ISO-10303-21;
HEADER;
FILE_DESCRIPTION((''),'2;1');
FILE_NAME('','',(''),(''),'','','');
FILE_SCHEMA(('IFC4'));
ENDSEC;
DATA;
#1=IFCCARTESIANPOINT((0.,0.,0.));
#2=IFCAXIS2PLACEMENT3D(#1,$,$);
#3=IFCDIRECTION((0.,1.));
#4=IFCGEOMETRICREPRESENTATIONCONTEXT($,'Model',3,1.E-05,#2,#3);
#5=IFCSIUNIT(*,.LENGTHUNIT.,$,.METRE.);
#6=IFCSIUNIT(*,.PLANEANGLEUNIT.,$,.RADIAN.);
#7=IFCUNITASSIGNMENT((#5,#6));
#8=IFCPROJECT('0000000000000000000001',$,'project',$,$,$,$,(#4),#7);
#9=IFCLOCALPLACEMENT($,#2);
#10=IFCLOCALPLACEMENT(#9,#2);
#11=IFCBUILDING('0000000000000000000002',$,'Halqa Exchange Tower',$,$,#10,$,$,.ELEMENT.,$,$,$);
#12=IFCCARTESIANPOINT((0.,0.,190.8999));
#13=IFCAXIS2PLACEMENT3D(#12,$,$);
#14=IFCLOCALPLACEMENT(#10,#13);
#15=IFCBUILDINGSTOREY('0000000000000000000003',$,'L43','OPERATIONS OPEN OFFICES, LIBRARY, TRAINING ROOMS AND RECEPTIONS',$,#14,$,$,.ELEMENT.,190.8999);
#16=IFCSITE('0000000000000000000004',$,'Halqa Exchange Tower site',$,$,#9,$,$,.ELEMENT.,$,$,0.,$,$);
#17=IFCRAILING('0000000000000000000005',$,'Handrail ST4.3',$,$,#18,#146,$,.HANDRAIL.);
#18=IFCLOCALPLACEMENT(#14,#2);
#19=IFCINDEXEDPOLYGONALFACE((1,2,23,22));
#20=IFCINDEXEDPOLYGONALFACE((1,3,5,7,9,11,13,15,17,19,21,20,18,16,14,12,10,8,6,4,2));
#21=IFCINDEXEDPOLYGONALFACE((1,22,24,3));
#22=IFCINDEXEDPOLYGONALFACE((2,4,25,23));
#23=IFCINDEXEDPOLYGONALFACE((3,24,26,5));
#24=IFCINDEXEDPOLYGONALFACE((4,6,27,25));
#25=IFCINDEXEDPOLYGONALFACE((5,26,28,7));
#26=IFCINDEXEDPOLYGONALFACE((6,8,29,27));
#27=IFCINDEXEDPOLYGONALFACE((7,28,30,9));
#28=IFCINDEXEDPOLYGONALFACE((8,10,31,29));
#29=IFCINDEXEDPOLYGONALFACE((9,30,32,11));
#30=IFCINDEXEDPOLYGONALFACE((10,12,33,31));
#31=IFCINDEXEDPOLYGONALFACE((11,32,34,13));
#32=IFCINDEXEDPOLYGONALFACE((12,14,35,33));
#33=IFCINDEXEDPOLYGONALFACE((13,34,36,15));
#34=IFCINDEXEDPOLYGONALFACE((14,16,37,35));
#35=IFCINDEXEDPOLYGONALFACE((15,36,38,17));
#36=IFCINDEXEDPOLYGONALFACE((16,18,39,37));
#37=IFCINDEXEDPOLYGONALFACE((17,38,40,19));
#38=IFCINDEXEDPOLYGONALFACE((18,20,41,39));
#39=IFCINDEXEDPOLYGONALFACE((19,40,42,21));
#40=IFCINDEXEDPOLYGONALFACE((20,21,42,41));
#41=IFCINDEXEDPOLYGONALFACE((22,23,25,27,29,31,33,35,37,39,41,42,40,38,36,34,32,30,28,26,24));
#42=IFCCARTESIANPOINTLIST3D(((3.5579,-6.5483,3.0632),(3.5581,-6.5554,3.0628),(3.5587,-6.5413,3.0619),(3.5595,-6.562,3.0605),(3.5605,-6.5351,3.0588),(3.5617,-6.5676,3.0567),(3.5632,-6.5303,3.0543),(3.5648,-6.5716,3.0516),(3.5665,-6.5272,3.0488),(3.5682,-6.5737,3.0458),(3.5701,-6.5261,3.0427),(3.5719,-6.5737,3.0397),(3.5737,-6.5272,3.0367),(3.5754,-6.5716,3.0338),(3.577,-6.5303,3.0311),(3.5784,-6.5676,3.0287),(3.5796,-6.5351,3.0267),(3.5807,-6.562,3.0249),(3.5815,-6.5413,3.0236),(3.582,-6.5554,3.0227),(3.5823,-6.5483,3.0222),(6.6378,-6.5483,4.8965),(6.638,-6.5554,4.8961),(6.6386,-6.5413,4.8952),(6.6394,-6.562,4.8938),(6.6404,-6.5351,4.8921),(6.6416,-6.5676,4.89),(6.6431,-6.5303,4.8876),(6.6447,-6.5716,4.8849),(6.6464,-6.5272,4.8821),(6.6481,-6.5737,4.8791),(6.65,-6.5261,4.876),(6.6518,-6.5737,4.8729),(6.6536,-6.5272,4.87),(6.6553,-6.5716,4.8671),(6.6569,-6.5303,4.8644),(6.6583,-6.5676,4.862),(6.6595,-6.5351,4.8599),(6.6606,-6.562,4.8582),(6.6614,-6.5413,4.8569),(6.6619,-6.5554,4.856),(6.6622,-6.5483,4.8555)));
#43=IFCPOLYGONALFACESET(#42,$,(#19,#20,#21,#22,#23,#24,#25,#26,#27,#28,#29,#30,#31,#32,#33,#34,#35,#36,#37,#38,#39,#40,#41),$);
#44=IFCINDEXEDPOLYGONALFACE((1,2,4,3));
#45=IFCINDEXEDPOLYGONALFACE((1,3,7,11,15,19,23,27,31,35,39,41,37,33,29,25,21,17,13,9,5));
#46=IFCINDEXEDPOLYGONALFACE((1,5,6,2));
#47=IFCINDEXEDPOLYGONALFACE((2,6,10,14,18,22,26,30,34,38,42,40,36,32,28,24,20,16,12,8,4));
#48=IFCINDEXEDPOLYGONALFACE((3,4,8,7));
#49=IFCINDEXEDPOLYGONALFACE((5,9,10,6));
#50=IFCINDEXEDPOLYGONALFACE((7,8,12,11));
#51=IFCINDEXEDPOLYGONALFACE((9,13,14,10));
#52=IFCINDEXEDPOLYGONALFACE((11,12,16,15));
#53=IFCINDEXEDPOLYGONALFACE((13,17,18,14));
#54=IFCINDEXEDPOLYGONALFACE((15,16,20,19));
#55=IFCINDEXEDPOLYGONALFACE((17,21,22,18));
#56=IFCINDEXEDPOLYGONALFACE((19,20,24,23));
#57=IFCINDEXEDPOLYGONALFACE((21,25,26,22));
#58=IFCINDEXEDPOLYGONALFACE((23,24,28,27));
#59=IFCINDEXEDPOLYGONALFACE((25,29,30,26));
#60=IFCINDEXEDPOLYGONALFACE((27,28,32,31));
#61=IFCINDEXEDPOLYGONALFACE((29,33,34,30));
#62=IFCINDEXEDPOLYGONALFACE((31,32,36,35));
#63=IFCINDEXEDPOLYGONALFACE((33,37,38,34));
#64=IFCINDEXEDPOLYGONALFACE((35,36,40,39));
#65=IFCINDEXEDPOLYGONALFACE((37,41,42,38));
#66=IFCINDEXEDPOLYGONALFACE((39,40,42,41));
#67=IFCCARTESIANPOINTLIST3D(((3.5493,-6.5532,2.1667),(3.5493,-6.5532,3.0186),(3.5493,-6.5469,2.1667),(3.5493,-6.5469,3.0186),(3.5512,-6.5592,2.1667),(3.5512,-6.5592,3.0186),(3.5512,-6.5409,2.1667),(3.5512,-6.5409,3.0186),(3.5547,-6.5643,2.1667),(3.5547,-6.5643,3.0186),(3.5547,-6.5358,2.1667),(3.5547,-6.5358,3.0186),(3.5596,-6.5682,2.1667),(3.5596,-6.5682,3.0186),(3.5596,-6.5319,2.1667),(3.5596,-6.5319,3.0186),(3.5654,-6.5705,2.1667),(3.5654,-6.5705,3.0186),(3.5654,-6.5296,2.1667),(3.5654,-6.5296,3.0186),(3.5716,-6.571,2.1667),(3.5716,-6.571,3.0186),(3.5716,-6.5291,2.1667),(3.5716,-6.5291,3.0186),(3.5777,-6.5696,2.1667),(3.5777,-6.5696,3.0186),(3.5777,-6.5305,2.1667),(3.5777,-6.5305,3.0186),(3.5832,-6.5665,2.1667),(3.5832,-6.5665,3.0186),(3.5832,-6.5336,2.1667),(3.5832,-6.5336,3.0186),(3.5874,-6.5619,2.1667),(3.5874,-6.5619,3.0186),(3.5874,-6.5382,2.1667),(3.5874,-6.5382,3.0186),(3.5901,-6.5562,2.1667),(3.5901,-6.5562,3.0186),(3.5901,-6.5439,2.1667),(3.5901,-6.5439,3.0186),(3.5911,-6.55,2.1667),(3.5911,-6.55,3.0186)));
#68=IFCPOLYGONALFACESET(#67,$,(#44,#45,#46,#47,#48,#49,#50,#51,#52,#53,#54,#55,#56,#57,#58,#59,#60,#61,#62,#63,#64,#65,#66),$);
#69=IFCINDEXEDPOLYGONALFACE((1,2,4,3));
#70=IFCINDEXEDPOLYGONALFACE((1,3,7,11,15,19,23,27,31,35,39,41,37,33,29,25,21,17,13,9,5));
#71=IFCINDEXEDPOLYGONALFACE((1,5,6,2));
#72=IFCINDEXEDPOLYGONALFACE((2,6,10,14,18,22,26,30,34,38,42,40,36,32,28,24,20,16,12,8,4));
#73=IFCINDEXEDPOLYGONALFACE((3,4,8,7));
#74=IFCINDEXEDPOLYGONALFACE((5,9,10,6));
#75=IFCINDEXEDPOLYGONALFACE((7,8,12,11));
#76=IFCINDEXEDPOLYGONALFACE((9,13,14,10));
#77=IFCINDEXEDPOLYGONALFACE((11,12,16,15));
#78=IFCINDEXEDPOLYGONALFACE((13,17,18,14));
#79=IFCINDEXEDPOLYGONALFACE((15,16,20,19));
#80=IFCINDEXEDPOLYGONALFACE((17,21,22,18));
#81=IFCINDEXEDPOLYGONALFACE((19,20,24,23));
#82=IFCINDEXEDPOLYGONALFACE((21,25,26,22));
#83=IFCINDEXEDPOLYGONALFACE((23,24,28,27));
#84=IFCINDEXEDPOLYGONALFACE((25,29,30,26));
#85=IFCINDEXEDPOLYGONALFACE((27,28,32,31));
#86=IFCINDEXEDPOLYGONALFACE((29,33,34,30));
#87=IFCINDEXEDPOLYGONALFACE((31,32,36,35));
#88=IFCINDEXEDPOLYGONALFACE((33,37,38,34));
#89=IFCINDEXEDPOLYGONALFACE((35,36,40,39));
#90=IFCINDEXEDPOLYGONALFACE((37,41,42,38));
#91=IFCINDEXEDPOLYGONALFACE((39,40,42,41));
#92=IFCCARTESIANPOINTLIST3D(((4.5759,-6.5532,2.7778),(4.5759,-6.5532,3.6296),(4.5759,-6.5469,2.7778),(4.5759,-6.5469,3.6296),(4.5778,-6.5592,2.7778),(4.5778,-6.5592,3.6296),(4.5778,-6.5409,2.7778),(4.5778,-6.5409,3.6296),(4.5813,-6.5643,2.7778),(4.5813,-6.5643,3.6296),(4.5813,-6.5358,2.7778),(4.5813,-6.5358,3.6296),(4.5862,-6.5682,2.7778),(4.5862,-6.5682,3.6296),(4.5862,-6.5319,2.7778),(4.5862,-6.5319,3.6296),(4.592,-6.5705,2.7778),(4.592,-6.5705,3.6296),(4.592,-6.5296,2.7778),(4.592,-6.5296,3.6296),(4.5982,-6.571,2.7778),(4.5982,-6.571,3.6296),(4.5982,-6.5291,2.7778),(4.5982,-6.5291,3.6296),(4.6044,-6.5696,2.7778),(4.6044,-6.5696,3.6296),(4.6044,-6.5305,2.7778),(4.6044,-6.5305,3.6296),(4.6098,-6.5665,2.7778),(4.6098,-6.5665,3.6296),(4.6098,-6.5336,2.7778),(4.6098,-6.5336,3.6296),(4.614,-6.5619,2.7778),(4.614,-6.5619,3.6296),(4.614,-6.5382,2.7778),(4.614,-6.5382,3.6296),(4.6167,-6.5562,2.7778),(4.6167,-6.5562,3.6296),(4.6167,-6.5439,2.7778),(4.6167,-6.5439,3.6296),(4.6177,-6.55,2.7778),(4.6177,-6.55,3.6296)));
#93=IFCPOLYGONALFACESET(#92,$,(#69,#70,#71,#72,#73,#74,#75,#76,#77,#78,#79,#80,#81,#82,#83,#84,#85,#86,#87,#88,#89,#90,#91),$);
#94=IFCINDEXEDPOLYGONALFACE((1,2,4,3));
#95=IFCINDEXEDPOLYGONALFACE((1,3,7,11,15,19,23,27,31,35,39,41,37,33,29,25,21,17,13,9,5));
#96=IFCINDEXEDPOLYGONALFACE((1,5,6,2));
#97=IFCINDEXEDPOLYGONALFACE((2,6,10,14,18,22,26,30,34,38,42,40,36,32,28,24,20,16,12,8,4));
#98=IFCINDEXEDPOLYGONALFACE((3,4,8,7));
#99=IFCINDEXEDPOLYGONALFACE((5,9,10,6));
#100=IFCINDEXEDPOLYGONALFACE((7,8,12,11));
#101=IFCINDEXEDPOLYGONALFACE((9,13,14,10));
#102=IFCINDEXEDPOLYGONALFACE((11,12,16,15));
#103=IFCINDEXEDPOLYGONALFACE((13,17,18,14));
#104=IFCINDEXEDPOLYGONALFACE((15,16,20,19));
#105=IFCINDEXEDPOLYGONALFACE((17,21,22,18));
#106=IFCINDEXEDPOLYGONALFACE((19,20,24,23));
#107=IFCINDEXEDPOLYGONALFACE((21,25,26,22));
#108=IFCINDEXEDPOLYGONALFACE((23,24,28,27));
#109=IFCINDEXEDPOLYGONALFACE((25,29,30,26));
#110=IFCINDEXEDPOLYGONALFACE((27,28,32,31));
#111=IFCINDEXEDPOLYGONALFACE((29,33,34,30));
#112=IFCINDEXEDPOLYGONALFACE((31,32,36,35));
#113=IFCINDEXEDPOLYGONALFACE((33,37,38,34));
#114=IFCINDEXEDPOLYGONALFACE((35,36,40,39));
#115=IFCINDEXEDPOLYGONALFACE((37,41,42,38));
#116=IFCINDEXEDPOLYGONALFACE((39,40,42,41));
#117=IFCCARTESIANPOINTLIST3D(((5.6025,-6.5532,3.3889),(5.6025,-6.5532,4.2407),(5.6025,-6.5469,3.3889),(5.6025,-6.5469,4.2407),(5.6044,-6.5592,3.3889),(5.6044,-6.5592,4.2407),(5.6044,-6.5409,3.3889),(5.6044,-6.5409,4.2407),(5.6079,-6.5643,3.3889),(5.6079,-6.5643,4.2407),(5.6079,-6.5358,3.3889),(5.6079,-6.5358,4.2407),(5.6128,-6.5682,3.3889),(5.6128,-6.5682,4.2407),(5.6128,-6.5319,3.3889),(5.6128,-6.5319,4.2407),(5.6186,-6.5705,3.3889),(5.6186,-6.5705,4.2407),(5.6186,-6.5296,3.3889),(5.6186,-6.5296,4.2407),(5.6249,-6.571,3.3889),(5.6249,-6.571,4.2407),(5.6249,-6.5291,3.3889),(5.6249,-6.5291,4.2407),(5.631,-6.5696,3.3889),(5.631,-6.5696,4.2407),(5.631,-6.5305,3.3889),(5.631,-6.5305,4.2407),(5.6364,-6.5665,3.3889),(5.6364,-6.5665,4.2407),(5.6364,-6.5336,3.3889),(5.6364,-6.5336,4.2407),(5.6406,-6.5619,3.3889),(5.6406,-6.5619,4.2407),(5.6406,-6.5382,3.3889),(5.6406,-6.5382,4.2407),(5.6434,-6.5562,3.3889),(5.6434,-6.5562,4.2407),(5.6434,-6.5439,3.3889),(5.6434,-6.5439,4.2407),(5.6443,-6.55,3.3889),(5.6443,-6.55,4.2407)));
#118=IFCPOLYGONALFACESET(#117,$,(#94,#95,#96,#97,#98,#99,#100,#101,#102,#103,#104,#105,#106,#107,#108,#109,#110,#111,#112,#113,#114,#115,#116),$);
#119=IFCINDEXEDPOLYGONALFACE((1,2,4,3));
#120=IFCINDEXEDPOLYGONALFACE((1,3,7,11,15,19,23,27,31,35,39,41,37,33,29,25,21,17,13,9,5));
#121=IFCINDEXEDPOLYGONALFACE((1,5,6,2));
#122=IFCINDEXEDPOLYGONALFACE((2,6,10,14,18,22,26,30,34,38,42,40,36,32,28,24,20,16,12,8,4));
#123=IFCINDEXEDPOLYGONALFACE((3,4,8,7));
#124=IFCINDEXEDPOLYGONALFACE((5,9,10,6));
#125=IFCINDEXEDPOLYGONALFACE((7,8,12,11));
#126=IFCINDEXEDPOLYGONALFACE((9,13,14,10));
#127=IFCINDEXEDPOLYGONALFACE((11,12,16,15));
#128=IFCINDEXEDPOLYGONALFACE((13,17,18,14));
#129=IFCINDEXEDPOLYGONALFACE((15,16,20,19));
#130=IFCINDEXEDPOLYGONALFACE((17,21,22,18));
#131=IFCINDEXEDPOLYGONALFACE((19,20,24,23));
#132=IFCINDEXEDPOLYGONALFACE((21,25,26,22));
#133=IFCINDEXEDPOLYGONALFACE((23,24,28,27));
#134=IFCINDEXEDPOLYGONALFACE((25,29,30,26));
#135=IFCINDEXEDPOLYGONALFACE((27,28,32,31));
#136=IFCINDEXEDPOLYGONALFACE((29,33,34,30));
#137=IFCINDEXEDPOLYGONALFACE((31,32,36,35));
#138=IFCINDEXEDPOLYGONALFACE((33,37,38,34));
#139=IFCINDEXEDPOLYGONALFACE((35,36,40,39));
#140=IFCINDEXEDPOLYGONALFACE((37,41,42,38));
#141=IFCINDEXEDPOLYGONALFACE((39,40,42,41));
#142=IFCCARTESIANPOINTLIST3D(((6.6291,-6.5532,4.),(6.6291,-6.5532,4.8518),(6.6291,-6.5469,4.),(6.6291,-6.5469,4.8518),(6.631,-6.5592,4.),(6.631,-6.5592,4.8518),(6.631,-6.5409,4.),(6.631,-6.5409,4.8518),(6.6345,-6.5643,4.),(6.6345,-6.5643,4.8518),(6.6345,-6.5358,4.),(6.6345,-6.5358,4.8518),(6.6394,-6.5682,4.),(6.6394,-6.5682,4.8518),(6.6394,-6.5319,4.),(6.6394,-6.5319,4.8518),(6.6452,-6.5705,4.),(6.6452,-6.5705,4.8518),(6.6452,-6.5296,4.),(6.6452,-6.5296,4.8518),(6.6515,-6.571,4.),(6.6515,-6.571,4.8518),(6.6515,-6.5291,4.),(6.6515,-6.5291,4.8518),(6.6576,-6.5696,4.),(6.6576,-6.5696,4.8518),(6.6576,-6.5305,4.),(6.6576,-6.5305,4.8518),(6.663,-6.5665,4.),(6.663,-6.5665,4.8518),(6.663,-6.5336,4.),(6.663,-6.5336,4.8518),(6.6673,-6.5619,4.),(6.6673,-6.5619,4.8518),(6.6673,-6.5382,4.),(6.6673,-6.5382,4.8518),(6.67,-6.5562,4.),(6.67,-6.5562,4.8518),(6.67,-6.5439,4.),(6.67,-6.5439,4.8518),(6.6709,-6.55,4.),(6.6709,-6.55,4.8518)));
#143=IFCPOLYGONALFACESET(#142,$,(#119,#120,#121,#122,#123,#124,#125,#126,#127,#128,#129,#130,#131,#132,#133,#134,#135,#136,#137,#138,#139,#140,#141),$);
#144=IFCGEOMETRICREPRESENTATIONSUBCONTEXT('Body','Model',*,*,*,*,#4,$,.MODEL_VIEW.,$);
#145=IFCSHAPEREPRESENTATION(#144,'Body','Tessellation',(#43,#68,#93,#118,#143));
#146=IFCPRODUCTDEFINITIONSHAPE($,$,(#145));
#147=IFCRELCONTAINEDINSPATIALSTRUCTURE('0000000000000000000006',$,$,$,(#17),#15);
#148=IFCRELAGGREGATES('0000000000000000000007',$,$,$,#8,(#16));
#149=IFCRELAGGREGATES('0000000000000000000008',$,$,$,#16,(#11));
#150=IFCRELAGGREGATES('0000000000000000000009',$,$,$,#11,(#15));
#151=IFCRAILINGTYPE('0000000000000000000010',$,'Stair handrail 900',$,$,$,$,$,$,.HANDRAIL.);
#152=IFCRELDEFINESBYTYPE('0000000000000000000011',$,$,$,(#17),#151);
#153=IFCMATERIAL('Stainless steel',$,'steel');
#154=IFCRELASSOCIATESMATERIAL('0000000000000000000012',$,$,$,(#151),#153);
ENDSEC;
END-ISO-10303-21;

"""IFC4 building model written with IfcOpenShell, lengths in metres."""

from ifc_helpers import new_model, si_unit, direction, frame, origin, origin_2d, place, context, subcontext, project, spatial, circle, extrude, material, type_object, element, save


model = new_model("IFC4")

# Units and contexts
model_context = context("Model", 3, precision=1e-05, world=origin(), true_north=direction((0.0, 1.0)))
body_context = subcontext(model_context, "Body", "Model", "MODEL_VIEW")
ifc_project = project(units=[si_unit("LENGTHUNIT", "METRE"), si_unit("PLANEANGLEUNIT", "RADIAN")], contexts=[model_context])

# Site, building, storey
site_placement = place(None, origin())
site = spatial("IfcSite", under=ifc_project, at=site_placement, Name="Halqa Exchange Tower site", CompositionType="ELEMENT", RefElevation=0.0)
building_placement = place(site_placement, origin())
building = spatial("IfcBuilding", under=site, at=building_placement, Name="Halqa Exchange Tower", CompositionType="ELEMENT")
storey_placement = place(building_placement, frame((0.0, 0.0, 190.8999)))
storey = spatial("IfcBuildingStorey", under=building, at=storey_placement, Name="L43", Description="OPERATIONS OPEN OFFICES, LIBRARY, TRAINING ROOMS AND RECEPTIONS", CompositionType="ELEMENT", Elevation=190.8999)

# Railing
ifc_material_1 = material(Name="Stainless steel", Category="steel")
railing_type_1 = type_object("IfcRailingType", Name="Stair handrail 900", PredefinedType="HANDRAIL", material=ifc_material_1)
railing_1_placement = place(storey_placement, frame((3.5701, -6.55, 2.1667)))
element("IfcRailing", 1, at=railing_1_placement, inside=storey, type_object=railing_type_1, Name="Handrail ST4.3", PredefinedType="HANDRAIL", context=body_context, shape_type="SweptSolid", body=[
    extrude(circle(Radius=0.0239, at=origin_2d()), frame((0.0, 0.0, 0.876), z_axis=(0.859291, 0.0, 0.511487), x_axis=(0.0, 1.0, 0.0)), (0.0, 0.0, 1.0), 3.5842),
    extrude(circle(Radius=0.021, at=origin_2d()), origin(), (0.0, 0.0, 1.0), 0.8518),
    extrude(circle(Radius=0.021, at=origin_2d()), frame((1.0266, 0.0, 0.6111)), (0.0, 0.0, 1.0), 0.8518),
    extrude(circle(Radius=0.021, at=origin_2d()), frame((2.0532, 0.0, 1.2222)), (0.0, 0.0, 1.0), 0.8518),
    extrude(circle(Radius=0.021, at=origin_2d()), frame((3.0798, 0.0, 1.8333)), (0.0, 0.0, 1.0), 0.8518),
])

save(model, "model.ifc")
